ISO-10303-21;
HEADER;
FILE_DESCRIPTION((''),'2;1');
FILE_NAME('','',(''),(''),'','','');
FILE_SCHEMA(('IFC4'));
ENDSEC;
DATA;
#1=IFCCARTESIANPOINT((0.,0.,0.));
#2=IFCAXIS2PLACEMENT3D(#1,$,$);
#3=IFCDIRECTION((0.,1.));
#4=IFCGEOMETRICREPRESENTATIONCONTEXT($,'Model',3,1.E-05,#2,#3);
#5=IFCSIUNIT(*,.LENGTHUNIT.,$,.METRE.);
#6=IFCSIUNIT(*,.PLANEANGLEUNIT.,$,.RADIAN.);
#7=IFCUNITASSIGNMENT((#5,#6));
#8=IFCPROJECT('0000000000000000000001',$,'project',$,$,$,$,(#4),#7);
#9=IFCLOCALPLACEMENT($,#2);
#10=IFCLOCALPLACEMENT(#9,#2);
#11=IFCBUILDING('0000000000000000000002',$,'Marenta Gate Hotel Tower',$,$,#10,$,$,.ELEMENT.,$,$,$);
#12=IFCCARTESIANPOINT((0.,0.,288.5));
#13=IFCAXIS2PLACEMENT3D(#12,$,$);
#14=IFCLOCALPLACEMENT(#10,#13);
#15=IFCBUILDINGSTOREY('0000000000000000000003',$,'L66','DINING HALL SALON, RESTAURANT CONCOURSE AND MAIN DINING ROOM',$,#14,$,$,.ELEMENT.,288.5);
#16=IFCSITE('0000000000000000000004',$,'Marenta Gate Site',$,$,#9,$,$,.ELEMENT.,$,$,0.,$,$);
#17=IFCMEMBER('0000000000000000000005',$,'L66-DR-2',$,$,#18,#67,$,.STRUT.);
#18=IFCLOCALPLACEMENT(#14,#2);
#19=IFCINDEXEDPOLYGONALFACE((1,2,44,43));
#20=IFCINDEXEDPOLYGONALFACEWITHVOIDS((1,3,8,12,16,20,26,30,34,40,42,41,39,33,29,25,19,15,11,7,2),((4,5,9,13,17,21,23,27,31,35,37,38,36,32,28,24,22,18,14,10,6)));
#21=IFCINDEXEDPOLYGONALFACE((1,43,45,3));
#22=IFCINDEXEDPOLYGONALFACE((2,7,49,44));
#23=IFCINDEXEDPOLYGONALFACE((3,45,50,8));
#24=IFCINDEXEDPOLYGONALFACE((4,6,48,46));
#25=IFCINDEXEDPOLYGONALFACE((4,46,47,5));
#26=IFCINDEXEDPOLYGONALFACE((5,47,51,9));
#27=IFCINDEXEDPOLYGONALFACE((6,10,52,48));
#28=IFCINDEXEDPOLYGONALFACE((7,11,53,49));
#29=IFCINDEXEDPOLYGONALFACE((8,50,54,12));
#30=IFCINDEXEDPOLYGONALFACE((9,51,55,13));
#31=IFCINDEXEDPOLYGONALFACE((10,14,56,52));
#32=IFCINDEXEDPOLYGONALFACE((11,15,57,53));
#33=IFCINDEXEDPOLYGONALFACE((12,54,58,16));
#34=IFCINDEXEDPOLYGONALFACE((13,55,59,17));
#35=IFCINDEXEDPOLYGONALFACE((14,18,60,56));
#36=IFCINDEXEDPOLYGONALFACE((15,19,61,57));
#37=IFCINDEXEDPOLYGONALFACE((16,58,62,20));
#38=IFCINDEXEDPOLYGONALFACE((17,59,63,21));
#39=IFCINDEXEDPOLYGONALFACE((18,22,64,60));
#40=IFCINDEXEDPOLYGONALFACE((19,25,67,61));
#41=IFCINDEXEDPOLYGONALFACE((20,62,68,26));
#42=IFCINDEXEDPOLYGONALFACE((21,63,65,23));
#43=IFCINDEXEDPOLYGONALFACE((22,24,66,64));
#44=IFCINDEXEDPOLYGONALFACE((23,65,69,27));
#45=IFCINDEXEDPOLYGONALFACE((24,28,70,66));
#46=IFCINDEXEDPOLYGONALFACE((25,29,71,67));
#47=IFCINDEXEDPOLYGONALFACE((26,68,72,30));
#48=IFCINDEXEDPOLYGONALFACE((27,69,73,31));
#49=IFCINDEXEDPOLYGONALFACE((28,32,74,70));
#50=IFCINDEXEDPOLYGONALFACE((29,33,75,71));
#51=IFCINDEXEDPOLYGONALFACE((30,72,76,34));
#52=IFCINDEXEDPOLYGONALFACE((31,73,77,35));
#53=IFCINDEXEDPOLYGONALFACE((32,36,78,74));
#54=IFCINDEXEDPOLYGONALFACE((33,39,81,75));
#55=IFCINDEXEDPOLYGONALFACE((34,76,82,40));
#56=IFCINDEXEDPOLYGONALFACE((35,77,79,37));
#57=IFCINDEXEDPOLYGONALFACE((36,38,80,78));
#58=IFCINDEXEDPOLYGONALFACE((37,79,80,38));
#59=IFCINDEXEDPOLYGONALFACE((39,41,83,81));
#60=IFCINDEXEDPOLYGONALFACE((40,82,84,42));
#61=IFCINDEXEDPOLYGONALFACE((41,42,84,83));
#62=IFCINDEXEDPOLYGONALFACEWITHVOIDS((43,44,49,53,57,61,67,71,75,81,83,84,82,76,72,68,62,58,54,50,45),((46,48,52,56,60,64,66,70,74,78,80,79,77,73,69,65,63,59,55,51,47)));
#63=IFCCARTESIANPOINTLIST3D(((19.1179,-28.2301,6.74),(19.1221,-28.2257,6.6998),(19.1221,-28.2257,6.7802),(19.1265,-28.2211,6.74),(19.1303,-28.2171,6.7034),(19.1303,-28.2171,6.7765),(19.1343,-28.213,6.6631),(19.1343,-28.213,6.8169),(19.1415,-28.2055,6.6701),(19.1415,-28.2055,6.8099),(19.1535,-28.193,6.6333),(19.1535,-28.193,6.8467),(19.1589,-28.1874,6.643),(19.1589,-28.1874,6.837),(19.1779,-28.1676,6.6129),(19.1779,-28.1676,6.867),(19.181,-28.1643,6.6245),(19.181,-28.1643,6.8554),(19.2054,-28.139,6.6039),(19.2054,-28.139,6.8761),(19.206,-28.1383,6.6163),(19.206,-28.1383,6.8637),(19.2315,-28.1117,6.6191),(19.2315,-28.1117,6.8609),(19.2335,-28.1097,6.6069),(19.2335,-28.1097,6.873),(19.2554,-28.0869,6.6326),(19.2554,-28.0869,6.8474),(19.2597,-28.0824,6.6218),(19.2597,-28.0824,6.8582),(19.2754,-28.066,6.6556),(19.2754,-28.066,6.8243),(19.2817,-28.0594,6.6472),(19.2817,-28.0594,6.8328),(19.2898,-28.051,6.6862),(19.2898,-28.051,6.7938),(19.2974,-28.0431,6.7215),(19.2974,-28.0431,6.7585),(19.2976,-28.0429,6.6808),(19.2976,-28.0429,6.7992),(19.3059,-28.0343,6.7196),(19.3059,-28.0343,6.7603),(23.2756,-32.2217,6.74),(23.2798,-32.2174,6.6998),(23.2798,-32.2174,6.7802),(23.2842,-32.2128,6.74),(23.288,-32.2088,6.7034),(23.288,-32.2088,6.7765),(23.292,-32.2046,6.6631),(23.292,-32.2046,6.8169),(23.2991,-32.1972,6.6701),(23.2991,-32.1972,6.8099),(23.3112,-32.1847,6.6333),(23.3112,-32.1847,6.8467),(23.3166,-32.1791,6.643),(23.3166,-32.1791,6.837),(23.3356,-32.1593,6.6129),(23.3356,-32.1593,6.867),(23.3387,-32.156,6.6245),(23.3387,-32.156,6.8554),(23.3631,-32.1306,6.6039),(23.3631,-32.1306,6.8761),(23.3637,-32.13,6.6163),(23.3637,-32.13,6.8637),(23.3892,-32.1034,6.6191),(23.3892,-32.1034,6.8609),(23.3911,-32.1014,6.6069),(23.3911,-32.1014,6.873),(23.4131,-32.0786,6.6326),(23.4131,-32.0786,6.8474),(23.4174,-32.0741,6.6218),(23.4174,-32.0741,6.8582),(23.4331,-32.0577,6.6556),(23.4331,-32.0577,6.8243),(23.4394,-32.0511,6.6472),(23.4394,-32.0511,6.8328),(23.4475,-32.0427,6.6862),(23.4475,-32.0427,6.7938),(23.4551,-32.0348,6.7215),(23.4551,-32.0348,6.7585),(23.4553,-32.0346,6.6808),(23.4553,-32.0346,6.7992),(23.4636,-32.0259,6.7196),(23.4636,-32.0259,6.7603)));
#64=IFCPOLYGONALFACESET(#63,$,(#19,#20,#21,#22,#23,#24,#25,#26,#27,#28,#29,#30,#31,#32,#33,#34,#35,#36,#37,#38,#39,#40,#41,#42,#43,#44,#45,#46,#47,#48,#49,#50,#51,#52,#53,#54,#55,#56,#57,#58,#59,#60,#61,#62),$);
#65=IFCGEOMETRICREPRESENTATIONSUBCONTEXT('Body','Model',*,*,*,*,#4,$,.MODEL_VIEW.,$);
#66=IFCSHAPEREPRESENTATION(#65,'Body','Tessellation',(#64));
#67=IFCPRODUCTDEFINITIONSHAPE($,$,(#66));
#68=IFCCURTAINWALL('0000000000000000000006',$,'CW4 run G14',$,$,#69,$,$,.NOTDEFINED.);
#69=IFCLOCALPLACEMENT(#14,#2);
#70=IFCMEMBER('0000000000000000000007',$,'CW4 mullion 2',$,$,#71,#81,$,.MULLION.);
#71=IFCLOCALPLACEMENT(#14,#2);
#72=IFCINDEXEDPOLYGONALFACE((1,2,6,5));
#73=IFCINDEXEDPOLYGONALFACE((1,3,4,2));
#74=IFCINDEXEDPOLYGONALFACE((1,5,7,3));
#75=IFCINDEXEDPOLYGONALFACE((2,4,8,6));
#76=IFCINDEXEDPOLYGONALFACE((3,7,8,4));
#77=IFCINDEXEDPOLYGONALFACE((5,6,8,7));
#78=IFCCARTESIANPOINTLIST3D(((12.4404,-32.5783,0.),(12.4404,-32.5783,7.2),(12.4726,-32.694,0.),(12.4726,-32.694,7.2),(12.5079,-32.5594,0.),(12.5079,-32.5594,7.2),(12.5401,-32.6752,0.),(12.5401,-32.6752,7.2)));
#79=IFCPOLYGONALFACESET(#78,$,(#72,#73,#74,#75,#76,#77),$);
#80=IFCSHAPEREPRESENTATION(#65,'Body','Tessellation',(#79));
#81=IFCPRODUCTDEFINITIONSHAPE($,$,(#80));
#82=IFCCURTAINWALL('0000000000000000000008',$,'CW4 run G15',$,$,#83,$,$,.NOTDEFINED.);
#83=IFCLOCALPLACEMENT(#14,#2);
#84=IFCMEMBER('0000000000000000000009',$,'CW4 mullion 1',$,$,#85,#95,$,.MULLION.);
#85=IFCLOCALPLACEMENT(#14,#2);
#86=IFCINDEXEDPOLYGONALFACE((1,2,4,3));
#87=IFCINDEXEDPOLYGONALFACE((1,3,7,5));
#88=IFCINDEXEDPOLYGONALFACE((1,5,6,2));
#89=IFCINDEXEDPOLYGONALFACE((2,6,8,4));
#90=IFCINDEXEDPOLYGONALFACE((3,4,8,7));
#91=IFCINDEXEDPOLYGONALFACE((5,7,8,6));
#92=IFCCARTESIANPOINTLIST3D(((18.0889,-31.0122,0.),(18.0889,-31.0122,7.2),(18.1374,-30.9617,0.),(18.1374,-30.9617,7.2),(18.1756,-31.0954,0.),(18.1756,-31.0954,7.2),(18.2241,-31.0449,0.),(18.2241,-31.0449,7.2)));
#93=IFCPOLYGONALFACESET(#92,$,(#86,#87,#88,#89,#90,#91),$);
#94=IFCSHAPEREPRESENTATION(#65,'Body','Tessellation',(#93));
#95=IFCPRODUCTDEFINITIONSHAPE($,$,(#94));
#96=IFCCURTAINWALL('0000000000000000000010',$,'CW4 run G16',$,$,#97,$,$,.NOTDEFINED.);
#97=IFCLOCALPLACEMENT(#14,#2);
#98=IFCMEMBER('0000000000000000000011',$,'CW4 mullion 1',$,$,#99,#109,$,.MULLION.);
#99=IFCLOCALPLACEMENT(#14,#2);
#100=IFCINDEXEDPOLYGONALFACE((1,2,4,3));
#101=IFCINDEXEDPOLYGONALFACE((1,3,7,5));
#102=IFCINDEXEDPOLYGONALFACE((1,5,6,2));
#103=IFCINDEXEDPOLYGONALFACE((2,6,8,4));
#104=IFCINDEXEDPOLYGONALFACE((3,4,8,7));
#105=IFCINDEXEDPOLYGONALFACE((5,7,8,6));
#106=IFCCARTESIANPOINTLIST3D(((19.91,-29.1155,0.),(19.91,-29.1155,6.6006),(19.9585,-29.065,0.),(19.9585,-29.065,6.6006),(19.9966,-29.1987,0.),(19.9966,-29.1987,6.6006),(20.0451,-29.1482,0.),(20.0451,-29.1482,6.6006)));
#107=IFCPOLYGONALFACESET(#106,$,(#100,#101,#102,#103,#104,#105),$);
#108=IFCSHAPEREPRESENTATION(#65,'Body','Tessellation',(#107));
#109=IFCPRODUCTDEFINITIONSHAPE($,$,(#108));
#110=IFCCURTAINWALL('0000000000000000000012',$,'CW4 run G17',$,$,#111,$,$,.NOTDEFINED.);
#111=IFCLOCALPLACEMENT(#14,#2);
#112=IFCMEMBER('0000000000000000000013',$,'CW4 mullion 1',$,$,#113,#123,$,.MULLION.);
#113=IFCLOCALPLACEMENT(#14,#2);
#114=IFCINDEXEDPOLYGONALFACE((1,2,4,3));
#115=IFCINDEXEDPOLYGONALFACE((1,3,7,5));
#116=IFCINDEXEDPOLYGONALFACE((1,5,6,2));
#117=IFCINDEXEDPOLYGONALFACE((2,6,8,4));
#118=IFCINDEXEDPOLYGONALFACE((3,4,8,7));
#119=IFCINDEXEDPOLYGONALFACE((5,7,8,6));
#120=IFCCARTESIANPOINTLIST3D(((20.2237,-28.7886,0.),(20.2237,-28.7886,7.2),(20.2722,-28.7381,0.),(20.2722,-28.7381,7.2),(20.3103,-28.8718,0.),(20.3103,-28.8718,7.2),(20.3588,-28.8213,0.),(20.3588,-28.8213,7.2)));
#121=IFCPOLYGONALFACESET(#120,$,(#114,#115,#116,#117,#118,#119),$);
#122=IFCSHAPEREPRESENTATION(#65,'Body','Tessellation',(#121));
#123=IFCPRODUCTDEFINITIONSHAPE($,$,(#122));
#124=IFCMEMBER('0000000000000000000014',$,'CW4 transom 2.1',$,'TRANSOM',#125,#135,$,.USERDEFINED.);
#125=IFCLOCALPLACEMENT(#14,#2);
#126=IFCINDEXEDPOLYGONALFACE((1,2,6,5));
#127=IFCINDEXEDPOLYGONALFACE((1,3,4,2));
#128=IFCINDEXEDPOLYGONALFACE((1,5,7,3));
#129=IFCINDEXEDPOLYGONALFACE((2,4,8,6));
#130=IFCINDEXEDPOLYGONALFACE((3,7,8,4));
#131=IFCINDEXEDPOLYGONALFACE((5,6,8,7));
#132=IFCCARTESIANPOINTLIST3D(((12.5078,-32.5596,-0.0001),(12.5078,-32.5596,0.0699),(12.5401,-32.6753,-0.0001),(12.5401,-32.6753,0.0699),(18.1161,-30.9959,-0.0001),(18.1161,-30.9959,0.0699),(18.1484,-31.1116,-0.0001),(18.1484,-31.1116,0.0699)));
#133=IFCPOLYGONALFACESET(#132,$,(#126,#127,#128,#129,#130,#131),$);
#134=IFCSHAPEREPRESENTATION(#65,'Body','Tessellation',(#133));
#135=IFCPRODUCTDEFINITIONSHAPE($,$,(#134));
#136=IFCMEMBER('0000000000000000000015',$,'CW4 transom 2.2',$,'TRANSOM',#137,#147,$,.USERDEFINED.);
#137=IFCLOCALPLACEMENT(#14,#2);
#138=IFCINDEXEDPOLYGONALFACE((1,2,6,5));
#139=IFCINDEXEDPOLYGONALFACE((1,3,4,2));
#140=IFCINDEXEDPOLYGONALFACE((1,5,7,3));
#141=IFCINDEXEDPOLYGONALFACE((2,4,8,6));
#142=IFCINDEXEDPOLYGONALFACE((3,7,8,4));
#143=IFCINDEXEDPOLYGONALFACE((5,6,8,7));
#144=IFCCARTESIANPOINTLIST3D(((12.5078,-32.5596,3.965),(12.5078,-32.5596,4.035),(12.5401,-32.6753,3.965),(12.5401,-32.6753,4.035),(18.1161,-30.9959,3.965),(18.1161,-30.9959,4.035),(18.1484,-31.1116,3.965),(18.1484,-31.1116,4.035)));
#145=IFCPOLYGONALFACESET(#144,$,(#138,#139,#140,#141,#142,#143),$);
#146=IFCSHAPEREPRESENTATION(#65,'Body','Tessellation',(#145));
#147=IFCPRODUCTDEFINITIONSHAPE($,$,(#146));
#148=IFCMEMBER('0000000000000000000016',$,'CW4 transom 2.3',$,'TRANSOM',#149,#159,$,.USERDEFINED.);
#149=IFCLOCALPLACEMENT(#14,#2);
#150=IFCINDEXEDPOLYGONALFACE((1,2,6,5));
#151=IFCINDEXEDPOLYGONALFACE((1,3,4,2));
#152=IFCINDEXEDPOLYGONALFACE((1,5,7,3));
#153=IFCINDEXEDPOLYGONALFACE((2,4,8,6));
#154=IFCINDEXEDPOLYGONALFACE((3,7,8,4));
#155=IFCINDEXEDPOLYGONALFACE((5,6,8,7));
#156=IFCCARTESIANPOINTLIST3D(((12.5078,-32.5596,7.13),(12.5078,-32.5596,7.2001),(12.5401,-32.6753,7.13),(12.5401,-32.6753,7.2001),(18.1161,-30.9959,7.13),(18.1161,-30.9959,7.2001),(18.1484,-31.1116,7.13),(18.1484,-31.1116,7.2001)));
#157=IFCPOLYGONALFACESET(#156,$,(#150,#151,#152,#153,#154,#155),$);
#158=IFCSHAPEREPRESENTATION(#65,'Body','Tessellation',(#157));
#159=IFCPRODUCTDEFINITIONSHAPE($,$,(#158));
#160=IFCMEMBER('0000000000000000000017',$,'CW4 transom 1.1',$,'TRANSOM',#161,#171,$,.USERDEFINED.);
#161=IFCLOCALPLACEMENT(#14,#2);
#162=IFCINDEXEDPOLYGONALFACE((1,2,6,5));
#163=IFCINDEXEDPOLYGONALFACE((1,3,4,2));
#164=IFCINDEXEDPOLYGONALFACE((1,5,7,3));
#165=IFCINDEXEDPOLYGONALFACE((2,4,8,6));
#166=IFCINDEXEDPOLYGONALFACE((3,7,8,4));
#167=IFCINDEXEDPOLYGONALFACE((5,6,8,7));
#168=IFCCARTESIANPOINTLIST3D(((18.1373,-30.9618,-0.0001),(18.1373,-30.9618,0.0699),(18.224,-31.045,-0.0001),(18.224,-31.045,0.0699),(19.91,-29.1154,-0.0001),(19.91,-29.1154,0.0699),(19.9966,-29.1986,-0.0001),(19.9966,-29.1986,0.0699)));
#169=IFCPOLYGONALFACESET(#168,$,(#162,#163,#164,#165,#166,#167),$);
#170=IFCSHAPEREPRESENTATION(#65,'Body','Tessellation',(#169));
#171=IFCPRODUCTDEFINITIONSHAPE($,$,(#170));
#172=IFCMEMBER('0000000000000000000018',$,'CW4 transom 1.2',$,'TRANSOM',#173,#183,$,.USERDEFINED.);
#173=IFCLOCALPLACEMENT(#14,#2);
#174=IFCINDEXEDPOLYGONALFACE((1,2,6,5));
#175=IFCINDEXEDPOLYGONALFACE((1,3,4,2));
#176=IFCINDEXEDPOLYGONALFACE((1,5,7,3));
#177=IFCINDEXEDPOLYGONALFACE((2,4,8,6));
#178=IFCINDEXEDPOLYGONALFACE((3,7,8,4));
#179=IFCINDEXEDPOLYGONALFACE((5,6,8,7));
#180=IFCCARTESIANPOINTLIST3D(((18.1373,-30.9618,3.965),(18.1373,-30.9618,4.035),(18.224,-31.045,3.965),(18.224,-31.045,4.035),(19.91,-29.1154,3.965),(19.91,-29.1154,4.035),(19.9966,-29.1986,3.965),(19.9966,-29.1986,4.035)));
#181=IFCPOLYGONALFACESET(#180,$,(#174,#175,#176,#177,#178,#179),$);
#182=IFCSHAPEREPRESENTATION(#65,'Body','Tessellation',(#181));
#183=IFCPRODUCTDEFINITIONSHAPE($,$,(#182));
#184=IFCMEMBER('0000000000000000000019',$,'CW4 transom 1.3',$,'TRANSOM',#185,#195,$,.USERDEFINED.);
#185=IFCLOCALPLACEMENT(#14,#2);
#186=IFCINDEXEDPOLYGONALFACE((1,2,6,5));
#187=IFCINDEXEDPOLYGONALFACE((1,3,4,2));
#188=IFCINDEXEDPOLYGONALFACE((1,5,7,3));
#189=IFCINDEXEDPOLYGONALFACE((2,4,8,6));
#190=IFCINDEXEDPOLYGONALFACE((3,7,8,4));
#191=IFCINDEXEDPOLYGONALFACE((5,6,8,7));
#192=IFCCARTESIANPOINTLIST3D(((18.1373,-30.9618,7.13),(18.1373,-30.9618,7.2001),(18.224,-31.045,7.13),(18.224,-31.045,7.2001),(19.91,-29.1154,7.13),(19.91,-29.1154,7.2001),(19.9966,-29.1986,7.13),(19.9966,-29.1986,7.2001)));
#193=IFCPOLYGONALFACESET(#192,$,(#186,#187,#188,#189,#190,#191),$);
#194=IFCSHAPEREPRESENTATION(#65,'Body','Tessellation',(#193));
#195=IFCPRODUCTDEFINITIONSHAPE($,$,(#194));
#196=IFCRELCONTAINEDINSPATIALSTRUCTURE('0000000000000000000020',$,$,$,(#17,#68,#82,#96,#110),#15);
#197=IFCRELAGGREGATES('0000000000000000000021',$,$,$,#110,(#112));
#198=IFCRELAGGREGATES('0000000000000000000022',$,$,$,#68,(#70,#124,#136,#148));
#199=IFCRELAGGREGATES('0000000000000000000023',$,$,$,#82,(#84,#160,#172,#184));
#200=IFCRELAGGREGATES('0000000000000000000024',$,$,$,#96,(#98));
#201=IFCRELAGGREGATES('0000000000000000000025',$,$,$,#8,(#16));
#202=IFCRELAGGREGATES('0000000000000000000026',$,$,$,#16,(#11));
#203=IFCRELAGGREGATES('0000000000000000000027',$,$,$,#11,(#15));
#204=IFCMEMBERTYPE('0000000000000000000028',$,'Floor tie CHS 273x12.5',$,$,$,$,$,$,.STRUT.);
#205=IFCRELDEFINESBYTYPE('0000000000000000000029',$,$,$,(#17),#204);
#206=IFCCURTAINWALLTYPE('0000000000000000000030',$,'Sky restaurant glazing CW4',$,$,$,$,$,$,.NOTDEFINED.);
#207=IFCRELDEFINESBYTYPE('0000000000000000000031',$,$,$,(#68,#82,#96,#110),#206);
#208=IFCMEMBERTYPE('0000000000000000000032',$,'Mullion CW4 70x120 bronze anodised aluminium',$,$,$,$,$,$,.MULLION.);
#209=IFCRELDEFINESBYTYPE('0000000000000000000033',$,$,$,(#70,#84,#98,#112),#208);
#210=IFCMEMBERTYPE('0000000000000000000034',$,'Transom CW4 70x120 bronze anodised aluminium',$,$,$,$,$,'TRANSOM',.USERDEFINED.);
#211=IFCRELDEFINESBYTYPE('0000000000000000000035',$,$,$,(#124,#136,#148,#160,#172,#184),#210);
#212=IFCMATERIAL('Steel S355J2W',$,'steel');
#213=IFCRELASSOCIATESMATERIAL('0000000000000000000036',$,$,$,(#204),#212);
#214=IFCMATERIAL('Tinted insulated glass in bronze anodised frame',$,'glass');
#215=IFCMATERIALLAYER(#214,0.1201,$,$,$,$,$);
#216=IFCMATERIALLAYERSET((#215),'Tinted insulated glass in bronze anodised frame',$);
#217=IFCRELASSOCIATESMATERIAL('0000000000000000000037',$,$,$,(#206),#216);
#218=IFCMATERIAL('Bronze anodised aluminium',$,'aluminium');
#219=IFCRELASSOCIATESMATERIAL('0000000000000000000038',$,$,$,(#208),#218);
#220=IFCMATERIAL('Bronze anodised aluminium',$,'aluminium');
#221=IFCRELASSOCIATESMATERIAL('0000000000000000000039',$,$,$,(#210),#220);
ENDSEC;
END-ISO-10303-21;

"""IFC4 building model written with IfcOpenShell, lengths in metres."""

from ifc_helpers import new_model, si_unit, direction, frame, origin, origin_2d, place, context, subcontext, project, spatial, rectangle, hollow_circle, extrude, material, layer, layer_set, material_profile, profile_set, type_object, element, aggregate, save


model = new_model("IFC4")

# Units and contexts
model_context = context("Model", 3, precision=1e-05, world=origin(), true_north=direction((0.0, 1.0)))
body_context = subcontext(model_context, "Body", "Model", "MODEL_VIEW")
ifc_project = project(units=[si_unit("LENGTHUNIT", "METRE"), si_unit("PLANEANGLEUNIT", "RADIAN")], contexts=[model_context])

# Site, building, storey
site_placement = place(None, origin())
site = spatial("IfcSite", under=ifc_project, at=site_placement, Name="Marenta Gate Site", CompositionType="ELEMENT", RefElevation=0.0)
building_placement = place(site_placement, origin())
building = spatial("IfcBuilding", under=site, at=building_placement, Name="Marenta Gate Hotel Tower", CompositionType="ELEMENT")
storey_placement = place(building_placement, frame((0.0, 0.0, 288.5)))
storey = spatial("IfcBuildingStorey", under=building, at=storey_placement, Name="L66", Description="DINING HALL SALON, RESTAURANT CONCOURSE AND MAIN DINING ROOM", CompositionType="ELEMENT", Elevation=288.5)

# Member
ifc_material_1 = material(Name="Steel S355J2W", Category="steel")
ifc_material_profile_1 = material_profile(ifc_material_1, hollow_circle(Radius=0.1365, WallThickness=0.0125, at=origin_2d()), Name="CHS 273x12.5")
ifc_profile_set_1 = profile_set([ifc_material_profile_1], Name="Steel S355J2W")
member_type_1 = type_object("IfcMemberType", Name="Floor tie CHS 273x12.5", PredefinedType="STRUT", material=ifc_profile_set_1)
member_1_placement = place(storey_placement, frame((23.3701, -32.1233, 6.74), z_axis=(-0.721362, 0.692558, 0.0), x_axis=(-0.692558, -0.721362, 0.0)))
element("IfcMember", 1, at=member_1_placement, inside=storey, type_object=member_type_1, Name="L66-DR-2", PredefinedType="STRUT", context=body_context, shape_type="SweptSolid", body=[
    extrude(hollow_circle(Radius=0.1365, WallThickness=0.0125, at=origin_2d()), origin(), (0.0, 0.0, 1.0), 5.7637),
])

# Curtain walls, members
ifc_material_2 = material(Name="Tinted insulated glass in bronze anodised frame", Category="glass")
ifc_layer_1 = layer(ifc_material_2, 0.1201)
ifc_layer_set_1 = layer_set([ifc_layer_1], Name="Tinted insulated glass in bronze anodised frame")
curtain_wall_type = type_object("IfcCurtainWallType", Name="Sky restaurant glazing CW4", PredefinedType="NOTDEFINED", material=ifc_layer_set_1)
curtain_wall_1_placement = place(storey_placement, origin())
curtain_wall_1 = element("IfcCurtainWall", 2, at=curtain_wall_1_placement, inside=storey, type_object=curtain_wall_type, Name="CW4 run G14", PredefinedType="NOTDEFINED")
ifc_material_3 = material(Name="Bronze anodised aluminium", Category="aluminium")
ifc_material_profile_2 = material_profile(ifc_material_3, rectangle(XDim=0.1201, YDim=0.0701, at=origin_2d()), Name="Mullion CW4 70x120 bronze anodised aluminium")
ifc_profile_set_2 = profile_set([ifc_material_profile_2], Name="Bronze anodised aluminium")
member_type_2 = type_object("IfcMemberType", Name="Mullion CW4 70x120 bronze anodised aluminium", PredefinedType="MULLION", material=ifc_profile_set_2)
member_2_placement = place(storey_placement, frame((12.4902, -32.6267, 0.0), z_axis=(0.0, 0.0, 1.0), x_axis=(-0.268549, 0.963266, 0.0)))
member_2 = element("IfcMember", 3, at=member_2_placement, type_object=member_type_2, Name="CW4 mullion 2", PredefinedType="MULLION", context=body_context, shape_type="SweptSolid", body=[
    extrude(rectangle(XDim=0.1201, YDim=0.0701, at=origin_2d()), origin(), (0.0, 0.0, 1.0), 7.2),
])
curtain_wall_2_placement = place(storey_placement, origin())
curtain_wall_2 = element("IfcCurtainWall", 4, at=curtain_wall_2_placement, inside=storey, type_object=curtain_wall_type, Name="CW4 run G15", PredefinedType="NOTDEFINED")
member_3_placement = place(storey_placement, frame((18.1565, -31.0286, 0.0), z_axis=(0.0, 0.0, 1.0), x_axis=(-0.721355, 0.692566, 0.0)))
member_3 = element("IfcMember", 5, at=member_3_placement, type_object=member_type_2, Name="CW4 mullion 1", PredefinedType="MULLION", context=body_context, shape_type="SweptSolid", body=[
    extrude(rectangle(XDim=0.1201, YDim=0.0701, at=origin_2d()), origin(), (0.0, 0.0, 1.0), 7.2),
])
curtain_wall_3_placement = place(storey_placement, origin())
curtain_wall_3 = element("IfcCurtainWall", 6, at=curtain_wall_3_placement, inside=storey, type_object=curtain_wall_type, Name="CW4 run G16", PredefinedType="NOTDEFINED")
member_4_placement = place(storey_placement, frame((19.9775, -29.1318, 0.0), z_axis=(0.0, 0.0, 1.0), x_axis=(-0.721418, 0.6925, 0.0)))
member_4 = element("IfcMember", 7, at=member_4_placement, type_object=member_type_2, Name="CW4 mullion 1", PredefinedType="MULLION", context=body_context, shape_type="SweptSolid", body=[
    extrude(rectangle(XDim=0.1201, YDim=0.0701, at=origin_2d()), origin(), (0.0, 0.0, 1.0), 6.6006),
])
curtain_wall_4_placement = place(storey_placement, origin())
curtain_wall_4 = element("IfcCurtainWall", 8, at=curtain_wall_4_placement, inside=storey, type_object=curtain_wall_type, Name="CW4 run G17", PredefinedType="NOTDEFINED")
member_5_placement = place(storey_placement, frame((20.2913, -28.8049, 0.0), z_axis=(0.0, 0.0, 1.0), x_axis=(-0.721322, 0.6926, 0.0)))
member_5 = element("IfcMember", 9, at=member_5_placement, type_object=member_type_2, Name="CW4 mullion 1", PredefinedType="MULLION", context=body_context, shape_type="SweptSolid", body=[
    extrude(rectangle(XDim=0.1201, YDim=0.0701, at=origin_2d()), origin(), (0.0, 0.0, 1.0), 7.2),
])

# Members
ifc_material_4 = material(Name="Bronze anodised aluminium", Category="aluminium")
ifc_material_profile_3 = material_profile(ifc_material_4, rectangle(XDim=0.1201, YDim=0.0701, at=origin_2d()), Name="Transom CW4 70x120 bronze anodised aluminium")
ifc_profile_set_3 = profile_set([ifc_material_profile_3], Name="Bronze anodised aluminium")
member_type_3 = type_object("IfcMemberType", Name="Transom CW4 70x120 bronze anodised aluminium", ElementType="TRANSOM", PredefinedType="USERDEFINED", material=ifc_profile_set_3)
member_6_placement = place(storey_placement, frame((12.5239, -32.6174, 0.0349), z_axis=(0.963259, 0.268574, 0.0), x_axis=(-0.268574, 0.963259, 0.0)))
member_6 = element("IfcMember", 10, at=member_6_placement, type_object=member_type_3, Name="CW4 transom 2.1", ObjectType="TRANSOM", PredefinedType="USERDEFINED", context=body_context, shape_type="SweptSolid", body=[
    extrude(rectangle(XDim=0.1201, YDim=0.0701, at=origin_2d()), origin(), (0.0, 0.0, 1.0), 5.8223),
])
member_7_placement = place(storey_placement, frame((12.5239, -32.6174, 4.0), z_axis=(0.963259, 0.268574, 0.0), x_axis=(-0.268574, 0.963259, 0.0)))
member_7 = element("IfcMember", 11, at=member_7_placement, type_object=member_type_3, Name="CW4 transom 2.2", ObjectType="TRANSOM", PredefinedType="USERDEFINED", context=body_context, shape_type="SweptSolid", body=[
    extrude(rectangle(XDim=0.1201, YDim=0.0701, at=origin_2d()), origin(), (0.0, 0.0, 1.0), 5.8223),
])
member_8_placement = place(storey_placement, frame((12.5239, -32.6174, 7.165), z_axis=(0.963259, 0.268574, 0.0), x_axis=(-0.268574, 0.963259, 0.0)))
member_8 = element("IfcMember", 12, at=member_8_placement, type_object=member_type_3, Name="CW4 transom 2.3", ObjectType="TRANSOM", PredefinedType="USERDEFINED", context=body_context, shape_type="SweptSolid", body=[
    extrude(rectangle(XDim=0.1201, YDim=0.0701, at=origin_2d()), origin(), (0.0, 0.0, 1.0), 5.8223),
])
member_9_placement = place(storey_placement, frame((18.1807, -31.0034, 0.0349), z_axis=(0.692558, 0.721363, 0.0), x_axis=(-0.721363, 0.692558, 0.0)))
member_9 = element("IfcMember", 13, at=member_9_placement, type_object=member_type_3, Name="CW4 transom 1.1", ObjectType="TRANSOM", PredefinedType="USERDEFINED", context=body_context, shape_type="SweptSolid", body=[
    extrude(rectangle(XDim=0.1201, YDim=0.0701, at=origin_2d()), origin(), (0.0, 0.0, 1.0), 2.5596),
])
member_10_placement = place(storey_placement, frame((18.1807, -31.0034, 4.0), z_axis=(0.692558, 0.721363, 0.0), x_axis=(-0.721363, 0.692558, 0.0)))
member_10 = element("IfcMember", 14, at=member_10_placement, type_object=member_type_3, Name="CW4 transom 1.2", ObjectType="TRANSOM", PredefinedType="USERDEFINED", context=body_context, shape_type="SweptSolid", body=[
    extrude(rectangle(XDim=0.1201, YDim=0.0701, at=origin_2d()), origin(), (0.0, 0.0, 1.0), 2.5596),
])
member_11_placement = place(storey_placement, frame((18.1807, -31.0034, 7.165), z_axis=(0.692558, 0.721363, 0.0), x_axis=(-0.721363, 0.692558, 0.0)))
member_11 = element("IfcMember", 15, at=member_11_placement, type_object=member_type_3, Name="CW4 transom 1.3", ObjectType="TRANSOM", PredefinedType="USERDEFINED", context=body_context, shape_type="SweptSolid", body=[
    extrude(rectangle(XDim=0.1201, YDim=0.0701, at=origin_2d()), origin(), (0.0, 0.0, 1.0), 2.5596),
])
aggregate(curtain_wall_4, [member_5])

aggregate(curtain_wall_1, [member_2, member_6, member_7, member_8])
aggregate(curtain_wall_2, [member_3, member_9, member_10, member_11])
aggregate(curtain_wall_3, [member_4])

save(model, "model.ifc")
